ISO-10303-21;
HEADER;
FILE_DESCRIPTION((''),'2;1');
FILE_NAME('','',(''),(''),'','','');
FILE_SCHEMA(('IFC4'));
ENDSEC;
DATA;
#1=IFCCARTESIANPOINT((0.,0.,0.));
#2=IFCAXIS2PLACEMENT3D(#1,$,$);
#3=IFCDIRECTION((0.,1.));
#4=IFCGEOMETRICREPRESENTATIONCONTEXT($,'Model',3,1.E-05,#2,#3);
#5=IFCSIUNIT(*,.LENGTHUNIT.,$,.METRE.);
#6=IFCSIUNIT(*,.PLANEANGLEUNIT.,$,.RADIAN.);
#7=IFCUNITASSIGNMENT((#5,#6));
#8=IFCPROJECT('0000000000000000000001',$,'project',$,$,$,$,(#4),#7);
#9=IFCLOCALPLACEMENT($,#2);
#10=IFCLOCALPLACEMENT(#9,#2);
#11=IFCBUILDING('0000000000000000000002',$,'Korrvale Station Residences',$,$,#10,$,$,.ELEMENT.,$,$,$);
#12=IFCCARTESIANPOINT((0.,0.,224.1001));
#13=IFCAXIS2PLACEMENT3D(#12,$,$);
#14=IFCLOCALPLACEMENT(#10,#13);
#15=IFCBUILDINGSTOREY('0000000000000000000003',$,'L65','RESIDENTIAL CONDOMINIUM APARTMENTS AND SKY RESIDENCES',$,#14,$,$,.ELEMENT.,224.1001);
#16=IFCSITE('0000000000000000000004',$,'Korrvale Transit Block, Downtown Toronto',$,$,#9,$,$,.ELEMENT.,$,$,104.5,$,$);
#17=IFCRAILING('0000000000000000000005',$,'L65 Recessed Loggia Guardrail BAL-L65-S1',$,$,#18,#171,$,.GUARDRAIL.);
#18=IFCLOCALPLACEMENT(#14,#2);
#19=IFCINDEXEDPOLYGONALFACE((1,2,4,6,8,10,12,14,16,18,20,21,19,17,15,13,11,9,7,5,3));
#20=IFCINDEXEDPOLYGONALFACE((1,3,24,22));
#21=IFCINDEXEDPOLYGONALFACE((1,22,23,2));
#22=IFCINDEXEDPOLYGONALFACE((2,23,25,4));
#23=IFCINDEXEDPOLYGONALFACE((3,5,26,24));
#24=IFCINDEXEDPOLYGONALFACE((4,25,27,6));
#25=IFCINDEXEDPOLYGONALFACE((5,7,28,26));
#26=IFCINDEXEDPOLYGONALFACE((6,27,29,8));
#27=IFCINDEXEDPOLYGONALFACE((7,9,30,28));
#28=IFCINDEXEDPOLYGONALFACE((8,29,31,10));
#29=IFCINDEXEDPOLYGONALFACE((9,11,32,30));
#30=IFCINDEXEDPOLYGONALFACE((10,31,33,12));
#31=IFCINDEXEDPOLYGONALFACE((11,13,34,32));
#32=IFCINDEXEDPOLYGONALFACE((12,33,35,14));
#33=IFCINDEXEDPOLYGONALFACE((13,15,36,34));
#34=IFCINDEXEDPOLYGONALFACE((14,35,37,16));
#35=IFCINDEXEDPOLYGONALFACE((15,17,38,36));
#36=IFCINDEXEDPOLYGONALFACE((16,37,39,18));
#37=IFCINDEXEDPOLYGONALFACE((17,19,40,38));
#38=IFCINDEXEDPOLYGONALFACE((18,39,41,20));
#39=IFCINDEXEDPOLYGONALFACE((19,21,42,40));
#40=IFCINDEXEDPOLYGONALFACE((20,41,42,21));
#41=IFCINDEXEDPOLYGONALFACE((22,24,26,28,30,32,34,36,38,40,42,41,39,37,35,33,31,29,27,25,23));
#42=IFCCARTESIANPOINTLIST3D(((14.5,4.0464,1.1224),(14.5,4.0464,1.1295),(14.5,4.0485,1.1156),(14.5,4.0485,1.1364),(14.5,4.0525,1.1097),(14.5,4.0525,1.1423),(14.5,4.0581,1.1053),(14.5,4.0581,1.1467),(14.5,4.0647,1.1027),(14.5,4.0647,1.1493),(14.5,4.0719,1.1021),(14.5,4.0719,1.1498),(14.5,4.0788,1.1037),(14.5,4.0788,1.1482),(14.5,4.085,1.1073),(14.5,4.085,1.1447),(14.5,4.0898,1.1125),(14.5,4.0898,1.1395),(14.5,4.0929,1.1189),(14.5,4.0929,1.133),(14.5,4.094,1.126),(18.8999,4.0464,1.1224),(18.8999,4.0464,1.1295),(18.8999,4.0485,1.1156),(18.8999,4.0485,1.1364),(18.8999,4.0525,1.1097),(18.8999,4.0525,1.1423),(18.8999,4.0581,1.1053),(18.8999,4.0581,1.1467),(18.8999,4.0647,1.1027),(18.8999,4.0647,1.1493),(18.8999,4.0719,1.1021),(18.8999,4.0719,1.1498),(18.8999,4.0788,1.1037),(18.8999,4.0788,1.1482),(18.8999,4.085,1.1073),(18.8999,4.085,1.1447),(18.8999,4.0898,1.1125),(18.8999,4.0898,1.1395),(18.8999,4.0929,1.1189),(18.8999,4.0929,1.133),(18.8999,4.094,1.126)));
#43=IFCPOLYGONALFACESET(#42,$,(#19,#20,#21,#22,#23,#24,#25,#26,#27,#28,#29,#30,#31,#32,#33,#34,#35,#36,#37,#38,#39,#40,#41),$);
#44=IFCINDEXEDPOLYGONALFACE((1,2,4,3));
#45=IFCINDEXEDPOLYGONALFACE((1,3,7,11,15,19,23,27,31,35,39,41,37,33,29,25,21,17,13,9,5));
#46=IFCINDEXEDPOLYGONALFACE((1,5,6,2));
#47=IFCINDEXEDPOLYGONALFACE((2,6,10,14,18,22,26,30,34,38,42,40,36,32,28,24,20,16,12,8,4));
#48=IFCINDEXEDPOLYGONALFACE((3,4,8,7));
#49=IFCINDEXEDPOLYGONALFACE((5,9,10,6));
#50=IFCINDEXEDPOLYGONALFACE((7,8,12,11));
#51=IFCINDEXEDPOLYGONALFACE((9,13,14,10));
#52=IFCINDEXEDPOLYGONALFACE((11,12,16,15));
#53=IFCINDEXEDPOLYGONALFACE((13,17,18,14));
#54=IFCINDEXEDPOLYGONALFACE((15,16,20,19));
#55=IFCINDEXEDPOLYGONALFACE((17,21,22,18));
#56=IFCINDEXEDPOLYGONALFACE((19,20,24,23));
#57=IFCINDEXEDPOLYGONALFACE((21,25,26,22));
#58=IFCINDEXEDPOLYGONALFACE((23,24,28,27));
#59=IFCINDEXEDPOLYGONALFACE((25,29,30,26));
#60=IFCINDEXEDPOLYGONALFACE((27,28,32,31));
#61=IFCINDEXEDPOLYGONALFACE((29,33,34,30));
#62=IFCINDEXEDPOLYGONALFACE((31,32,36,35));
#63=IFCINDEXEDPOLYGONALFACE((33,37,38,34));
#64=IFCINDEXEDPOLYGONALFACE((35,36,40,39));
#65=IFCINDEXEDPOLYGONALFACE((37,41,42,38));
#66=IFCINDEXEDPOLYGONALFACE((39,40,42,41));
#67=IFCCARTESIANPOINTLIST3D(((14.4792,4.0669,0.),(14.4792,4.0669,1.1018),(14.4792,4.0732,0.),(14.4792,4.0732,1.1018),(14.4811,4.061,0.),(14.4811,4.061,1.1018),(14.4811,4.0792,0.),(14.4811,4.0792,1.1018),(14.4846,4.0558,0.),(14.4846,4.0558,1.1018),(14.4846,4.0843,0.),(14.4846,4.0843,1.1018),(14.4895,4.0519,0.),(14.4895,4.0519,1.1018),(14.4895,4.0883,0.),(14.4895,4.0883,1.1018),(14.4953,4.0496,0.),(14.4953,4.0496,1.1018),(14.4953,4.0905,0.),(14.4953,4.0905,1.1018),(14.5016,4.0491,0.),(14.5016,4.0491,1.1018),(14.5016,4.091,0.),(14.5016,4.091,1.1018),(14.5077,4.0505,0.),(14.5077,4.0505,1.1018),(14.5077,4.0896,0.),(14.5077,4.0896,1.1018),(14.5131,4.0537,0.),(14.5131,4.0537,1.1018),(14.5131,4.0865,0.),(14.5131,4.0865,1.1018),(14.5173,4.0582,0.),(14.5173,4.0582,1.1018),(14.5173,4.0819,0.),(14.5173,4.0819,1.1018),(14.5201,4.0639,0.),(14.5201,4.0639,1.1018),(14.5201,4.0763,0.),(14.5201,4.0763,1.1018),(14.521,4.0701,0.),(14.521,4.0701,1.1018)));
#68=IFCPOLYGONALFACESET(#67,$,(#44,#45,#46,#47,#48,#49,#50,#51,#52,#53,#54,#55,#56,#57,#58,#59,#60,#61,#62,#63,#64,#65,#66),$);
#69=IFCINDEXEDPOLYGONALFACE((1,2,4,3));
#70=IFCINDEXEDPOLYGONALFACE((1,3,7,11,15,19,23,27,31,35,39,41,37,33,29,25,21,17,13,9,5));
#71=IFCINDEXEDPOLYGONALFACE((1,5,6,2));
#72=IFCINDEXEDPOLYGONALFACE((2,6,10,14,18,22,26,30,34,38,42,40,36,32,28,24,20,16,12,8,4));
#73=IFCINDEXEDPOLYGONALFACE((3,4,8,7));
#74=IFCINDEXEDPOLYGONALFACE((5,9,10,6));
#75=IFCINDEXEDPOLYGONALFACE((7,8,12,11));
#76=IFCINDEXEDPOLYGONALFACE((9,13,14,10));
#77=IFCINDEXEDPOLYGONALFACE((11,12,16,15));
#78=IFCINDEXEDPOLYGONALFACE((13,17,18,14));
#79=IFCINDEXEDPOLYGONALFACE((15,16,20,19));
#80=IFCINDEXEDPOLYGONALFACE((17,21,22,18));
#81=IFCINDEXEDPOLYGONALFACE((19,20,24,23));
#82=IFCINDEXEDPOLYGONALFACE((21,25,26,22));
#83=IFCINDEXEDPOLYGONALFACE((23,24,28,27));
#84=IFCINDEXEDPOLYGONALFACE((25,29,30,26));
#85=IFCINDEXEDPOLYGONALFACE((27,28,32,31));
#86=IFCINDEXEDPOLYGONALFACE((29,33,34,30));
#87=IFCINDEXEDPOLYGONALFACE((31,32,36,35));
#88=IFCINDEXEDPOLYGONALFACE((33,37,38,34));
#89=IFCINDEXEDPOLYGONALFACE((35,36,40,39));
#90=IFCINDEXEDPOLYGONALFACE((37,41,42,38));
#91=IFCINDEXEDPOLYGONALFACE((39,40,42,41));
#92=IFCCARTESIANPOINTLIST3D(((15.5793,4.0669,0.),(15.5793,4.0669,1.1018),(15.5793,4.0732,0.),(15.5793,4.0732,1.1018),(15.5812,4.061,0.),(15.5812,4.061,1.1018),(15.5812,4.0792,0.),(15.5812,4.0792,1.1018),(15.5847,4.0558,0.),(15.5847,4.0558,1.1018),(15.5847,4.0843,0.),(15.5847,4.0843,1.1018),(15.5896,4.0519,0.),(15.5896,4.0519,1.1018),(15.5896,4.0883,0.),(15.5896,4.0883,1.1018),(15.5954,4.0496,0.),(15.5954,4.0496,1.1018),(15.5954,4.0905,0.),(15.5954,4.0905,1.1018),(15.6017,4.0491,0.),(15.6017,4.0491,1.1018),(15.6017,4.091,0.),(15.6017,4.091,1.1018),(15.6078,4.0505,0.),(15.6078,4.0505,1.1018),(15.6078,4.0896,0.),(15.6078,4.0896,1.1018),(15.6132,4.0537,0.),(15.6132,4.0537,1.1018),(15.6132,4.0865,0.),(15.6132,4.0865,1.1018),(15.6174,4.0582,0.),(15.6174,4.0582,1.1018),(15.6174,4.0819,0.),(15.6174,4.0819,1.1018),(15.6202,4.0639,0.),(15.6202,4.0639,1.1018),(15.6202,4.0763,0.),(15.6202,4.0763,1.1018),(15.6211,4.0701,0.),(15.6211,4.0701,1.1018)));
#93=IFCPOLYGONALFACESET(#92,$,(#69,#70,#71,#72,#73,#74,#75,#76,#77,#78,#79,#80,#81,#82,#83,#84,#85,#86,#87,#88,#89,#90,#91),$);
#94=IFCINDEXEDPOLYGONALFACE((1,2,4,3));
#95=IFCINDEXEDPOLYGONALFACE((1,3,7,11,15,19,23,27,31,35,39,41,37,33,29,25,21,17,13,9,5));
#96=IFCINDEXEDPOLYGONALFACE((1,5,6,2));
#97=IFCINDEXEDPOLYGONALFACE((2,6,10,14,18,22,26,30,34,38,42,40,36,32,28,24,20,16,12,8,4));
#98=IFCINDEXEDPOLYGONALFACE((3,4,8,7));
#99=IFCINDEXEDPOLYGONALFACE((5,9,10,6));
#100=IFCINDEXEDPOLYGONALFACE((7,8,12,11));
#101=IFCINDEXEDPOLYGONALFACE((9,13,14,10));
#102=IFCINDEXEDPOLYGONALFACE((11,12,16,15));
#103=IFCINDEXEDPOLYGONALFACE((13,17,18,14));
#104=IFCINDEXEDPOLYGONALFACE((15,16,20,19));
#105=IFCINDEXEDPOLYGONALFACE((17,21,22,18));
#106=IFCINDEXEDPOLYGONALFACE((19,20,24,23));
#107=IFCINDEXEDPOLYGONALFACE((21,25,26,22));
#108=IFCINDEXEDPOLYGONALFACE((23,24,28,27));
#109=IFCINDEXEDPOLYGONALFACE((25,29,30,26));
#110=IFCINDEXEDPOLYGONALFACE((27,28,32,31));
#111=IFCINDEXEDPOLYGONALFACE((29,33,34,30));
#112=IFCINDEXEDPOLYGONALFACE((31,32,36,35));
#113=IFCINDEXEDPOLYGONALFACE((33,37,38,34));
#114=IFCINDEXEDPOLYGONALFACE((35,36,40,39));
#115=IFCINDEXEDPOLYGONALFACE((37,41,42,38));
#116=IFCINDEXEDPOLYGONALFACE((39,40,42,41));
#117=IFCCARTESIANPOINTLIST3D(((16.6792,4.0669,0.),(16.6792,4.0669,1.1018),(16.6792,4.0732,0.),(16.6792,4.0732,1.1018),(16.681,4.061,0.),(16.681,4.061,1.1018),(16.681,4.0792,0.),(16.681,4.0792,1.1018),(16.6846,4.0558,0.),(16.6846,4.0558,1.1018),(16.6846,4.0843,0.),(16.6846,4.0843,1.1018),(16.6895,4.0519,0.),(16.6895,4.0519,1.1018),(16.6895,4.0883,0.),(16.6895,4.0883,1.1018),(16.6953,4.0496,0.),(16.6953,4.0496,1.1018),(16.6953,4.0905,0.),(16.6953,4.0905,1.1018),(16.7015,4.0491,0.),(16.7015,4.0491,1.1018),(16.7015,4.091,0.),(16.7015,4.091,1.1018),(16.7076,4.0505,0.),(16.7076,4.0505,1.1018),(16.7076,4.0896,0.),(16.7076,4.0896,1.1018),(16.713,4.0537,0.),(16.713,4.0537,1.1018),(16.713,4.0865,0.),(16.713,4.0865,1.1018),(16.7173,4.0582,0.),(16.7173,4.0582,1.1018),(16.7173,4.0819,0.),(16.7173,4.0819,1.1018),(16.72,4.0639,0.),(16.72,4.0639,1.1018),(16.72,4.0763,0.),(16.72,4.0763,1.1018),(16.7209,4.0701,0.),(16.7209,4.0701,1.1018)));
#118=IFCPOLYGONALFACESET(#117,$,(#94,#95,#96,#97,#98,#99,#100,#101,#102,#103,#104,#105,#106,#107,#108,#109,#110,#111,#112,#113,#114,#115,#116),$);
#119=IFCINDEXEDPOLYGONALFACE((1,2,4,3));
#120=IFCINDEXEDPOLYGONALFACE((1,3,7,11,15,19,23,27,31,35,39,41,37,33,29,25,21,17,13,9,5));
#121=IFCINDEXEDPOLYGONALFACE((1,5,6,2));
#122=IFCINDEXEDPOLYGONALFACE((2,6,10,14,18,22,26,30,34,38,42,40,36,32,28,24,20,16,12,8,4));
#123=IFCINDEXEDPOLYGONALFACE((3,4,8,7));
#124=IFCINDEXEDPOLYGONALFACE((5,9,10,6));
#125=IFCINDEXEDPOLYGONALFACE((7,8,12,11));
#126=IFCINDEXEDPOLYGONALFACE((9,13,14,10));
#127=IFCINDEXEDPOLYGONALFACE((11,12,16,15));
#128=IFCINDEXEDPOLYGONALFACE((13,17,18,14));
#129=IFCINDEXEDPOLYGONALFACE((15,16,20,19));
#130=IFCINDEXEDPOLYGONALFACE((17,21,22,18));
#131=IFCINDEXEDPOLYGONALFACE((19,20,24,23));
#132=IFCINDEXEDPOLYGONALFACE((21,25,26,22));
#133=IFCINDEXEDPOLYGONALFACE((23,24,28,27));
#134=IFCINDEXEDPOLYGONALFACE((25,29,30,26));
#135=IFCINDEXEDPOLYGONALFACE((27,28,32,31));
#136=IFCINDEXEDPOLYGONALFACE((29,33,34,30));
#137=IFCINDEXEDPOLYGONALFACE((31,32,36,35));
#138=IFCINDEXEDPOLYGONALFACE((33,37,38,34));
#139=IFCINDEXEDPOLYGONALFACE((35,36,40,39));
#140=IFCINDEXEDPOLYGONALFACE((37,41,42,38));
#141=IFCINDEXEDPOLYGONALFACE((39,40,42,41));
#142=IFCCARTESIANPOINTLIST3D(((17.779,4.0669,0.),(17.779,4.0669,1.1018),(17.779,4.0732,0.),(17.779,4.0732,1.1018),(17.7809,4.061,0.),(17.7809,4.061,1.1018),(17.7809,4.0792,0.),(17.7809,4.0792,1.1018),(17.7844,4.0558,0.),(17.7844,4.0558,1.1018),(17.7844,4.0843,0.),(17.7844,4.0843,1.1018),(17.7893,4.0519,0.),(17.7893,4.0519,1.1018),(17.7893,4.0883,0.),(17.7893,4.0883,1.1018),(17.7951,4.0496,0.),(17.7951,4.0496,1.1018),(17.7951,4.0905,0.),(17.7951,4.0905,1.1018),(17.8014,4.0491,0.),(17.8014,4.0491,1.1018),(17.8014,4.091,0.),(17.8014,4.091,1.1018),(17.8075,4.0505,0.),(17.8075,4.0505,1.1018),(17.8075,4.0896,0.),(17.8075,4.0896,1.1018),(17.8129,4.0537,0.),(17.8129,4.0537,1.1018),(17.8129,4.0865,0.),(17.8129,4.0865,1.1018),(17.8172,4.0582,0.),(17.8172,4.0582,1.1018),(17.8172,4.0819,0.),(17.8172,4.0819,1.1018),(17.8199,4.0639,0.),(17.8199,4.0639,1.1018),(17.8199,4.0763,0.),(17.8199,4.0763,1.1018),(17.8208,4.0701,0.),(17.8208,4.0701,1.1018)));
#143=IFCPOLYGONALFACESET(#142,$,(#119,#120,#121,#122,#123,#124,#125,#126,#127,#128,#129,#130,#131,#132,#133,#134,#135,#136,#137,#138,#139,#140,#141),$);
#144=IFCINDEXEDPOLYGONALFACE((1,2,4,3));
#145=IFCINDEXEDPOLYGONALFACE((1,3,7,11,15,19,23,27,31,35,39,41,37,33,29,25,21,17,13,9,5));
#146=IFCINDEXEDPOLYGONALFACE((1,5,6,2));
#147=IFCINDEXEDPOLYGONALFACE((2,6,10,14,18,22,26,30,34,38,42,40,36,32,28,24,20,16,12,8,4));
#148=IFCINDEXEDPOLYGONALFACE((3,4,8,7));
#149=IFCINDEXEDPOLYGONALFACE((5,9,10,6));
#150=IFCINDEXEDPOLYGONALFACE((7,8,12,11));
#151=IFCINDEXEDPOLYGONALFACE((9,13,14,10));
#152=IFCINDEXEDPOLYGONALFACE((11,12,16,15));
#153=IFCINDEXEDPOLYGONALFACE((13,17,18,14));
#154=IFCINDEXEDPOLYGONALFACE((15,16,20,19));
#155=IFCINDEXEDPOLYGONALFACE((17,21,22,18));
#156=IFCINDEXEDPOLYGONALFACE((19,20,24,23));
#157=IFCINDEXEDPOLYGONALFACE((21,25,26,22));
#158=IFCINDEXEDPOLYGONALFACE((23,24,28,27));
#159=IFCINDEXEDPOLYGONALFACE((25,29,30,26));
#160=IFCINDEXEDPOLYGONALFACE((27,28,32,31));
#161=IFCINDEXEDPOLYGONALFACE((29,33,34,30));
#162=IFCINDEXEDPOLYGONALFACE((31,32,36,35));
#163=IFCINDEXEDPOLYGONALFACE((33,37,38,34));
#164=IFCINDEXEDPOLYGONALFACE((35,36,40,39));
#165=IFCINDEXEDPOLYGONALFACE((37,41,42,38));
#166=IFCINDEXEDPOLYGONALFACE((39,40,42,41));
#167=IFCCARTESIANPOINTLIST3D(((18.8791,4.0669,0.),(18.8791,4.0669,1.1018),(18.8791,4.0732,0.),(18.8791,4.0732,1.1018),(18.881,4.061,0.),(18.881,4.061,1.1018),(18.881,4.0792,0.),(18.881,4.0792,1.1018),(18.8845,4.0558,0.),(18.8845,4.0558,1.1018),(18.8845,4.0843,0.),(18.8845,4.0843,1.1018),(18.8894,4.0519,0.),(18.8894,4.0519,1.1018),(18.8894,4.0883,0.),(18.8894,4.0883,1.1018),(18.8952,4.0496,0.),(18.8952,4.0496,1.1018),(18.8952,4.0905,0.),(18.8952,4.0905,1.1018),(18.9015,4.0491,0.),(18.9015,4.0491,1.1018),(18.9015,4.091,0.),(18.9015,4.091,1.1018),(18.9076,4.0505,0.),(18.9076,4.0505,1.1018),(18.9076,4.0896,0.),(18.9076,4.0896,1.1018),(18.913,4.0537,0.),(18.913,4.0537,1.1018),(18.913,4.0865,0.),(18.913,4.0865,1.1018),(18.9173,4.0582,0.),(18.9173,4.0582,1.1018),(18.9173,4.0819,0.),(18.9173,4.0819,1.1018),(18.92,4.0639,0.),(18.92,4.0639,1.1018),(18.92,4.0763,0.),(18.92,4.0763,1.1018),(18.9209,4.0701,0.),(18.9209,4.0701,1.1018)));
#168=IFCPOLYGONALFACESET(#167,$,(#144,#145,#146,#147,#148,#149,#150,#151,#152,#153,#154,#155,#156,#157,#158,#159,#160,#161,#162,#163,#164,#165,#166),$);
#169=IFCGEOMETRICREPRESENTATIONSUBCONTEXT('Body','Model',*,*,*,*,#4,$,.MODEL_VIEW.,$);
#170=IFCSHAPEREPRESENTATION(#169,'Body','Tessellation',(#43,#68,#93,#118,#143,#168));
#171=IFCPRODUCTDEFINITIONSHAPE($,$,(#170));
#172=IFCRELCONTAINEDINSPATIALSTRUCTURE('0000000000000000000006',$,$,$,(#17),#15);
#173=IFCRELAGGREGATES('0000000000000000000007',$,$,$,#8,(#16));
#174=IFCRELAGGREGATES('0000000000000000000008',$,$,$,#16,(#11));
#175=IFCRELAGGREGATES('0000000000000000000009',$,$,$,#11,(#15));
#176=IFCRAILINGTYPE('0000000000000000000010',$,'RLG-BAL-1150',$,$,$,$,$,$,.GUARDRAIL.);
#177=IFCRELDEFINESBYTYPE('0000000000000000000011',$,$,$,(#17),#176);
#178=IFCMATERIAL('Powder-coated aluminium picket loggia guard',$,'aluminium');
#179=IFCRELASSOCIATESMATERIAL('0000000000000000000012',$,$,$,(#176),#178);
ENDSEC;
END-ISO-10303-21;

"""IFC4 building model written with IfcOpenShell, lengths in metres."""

from ifc_helpers import new_model, si_unit, direction, frame, origin, origin_2d, place, context, subcontext, project, spatial, circle, extrude, material, type_object, element, save


model = new_model("IFC4")

# Units and contexts
model_context = context("Model", 3, precision=1e-05, world=origin(), true_north=direction((0.0, 1.0)))
body_context = subcontext(model_context, "Body", "Model", "MODEL_VIEW")
ifc_project = project(units=[si_unit("LENGTHUNIT", "METRE"), si_unit("PLANEANGLEUNIT", "RADIAN")], contexts=[model_context])

# Site, building, storey
site_placement = place(None, origin())
site = spatial("IfcSite", under=ifc_project, at=site_placement, Name="Korrvale Transit Block, Downtown Toronto", CompositionType="ELEMENT", RefElevation=104.5)
building_placement = place(site_placement, origin())
building = spatial("IfcBuilding", under=site, at=building_placement, Name="Korrvale Station Residences", CompositionType="ELEMENT")
storey_placement = place(building_placement, frame((0.0, 0.0, 224.1001)))
storey = spatial("IfcBuildingStorey", under=building, at=storey_placement, Name="L65", Description="RESIDENTIAL CONDOMINIUM APARTMENTS AND SKY RESIDENCES", CompositionType="ELEMENT", Elevation=224.1001)

# Railing
ifc_material_1 = material(Name="Powder-coated aluminium picket loggia guard", Category="aluminium")
railing_type = type_object("IfcRailingType", Name="RLG-BAL-1150", PredefinedType="GUARDRAIL", material=ifc_material_1)
railing_placement = place(storey_placement, frame((14.5, 4.0701, 0.0)))
element("IfcRailing", 1, at=railing_placement, inside=storey, type_object=railing_type, Name="L65 Recessed Loggia Guardrail BAL-L65-S1", PredefinedType="GUARDRAIL", context=body_context, shape_type="SweptSolid", body=[
    extrude(circle(Radius=0.0239, at=origin_2d()), frame((0.0, 0.0, 1.126), z_axis=(1.0, 0.0, 0.0), x_axis=(0.0, 1.0, 0.0)), (0.0, 0.0, 1.0), 4.3999),
    extrude(circle(Radius=0.021, at=origin_2d()), origin(), (0.0, 0.0, 1.0), 1.1018),
    extrude(circle(Radius=0.021, at=origin_2d()), frame((1.1001, 0.0, 0.0)), (0.0, 0.0, 1.0), 1.1018),
    extrude(circle(Radius=0.021, at=origin_2d()), frame((2.2, 0.0, 0.0)), (0.0, 0.0, 1.0), 1.1018),
    extrude(circle(Radius=0.021, at=origin_2d()), frame((3.2998, 0.0, 0.0)), (0.0, 0.0, 1.0), 1.1018),
    extrude(circle(Radius=0.021, at=origin_2d()), frame((4.3999, 0.0, 0.0)), (0.0, 0.0, 1.0), 1.1018),
])

save(model, "model.ifc")
